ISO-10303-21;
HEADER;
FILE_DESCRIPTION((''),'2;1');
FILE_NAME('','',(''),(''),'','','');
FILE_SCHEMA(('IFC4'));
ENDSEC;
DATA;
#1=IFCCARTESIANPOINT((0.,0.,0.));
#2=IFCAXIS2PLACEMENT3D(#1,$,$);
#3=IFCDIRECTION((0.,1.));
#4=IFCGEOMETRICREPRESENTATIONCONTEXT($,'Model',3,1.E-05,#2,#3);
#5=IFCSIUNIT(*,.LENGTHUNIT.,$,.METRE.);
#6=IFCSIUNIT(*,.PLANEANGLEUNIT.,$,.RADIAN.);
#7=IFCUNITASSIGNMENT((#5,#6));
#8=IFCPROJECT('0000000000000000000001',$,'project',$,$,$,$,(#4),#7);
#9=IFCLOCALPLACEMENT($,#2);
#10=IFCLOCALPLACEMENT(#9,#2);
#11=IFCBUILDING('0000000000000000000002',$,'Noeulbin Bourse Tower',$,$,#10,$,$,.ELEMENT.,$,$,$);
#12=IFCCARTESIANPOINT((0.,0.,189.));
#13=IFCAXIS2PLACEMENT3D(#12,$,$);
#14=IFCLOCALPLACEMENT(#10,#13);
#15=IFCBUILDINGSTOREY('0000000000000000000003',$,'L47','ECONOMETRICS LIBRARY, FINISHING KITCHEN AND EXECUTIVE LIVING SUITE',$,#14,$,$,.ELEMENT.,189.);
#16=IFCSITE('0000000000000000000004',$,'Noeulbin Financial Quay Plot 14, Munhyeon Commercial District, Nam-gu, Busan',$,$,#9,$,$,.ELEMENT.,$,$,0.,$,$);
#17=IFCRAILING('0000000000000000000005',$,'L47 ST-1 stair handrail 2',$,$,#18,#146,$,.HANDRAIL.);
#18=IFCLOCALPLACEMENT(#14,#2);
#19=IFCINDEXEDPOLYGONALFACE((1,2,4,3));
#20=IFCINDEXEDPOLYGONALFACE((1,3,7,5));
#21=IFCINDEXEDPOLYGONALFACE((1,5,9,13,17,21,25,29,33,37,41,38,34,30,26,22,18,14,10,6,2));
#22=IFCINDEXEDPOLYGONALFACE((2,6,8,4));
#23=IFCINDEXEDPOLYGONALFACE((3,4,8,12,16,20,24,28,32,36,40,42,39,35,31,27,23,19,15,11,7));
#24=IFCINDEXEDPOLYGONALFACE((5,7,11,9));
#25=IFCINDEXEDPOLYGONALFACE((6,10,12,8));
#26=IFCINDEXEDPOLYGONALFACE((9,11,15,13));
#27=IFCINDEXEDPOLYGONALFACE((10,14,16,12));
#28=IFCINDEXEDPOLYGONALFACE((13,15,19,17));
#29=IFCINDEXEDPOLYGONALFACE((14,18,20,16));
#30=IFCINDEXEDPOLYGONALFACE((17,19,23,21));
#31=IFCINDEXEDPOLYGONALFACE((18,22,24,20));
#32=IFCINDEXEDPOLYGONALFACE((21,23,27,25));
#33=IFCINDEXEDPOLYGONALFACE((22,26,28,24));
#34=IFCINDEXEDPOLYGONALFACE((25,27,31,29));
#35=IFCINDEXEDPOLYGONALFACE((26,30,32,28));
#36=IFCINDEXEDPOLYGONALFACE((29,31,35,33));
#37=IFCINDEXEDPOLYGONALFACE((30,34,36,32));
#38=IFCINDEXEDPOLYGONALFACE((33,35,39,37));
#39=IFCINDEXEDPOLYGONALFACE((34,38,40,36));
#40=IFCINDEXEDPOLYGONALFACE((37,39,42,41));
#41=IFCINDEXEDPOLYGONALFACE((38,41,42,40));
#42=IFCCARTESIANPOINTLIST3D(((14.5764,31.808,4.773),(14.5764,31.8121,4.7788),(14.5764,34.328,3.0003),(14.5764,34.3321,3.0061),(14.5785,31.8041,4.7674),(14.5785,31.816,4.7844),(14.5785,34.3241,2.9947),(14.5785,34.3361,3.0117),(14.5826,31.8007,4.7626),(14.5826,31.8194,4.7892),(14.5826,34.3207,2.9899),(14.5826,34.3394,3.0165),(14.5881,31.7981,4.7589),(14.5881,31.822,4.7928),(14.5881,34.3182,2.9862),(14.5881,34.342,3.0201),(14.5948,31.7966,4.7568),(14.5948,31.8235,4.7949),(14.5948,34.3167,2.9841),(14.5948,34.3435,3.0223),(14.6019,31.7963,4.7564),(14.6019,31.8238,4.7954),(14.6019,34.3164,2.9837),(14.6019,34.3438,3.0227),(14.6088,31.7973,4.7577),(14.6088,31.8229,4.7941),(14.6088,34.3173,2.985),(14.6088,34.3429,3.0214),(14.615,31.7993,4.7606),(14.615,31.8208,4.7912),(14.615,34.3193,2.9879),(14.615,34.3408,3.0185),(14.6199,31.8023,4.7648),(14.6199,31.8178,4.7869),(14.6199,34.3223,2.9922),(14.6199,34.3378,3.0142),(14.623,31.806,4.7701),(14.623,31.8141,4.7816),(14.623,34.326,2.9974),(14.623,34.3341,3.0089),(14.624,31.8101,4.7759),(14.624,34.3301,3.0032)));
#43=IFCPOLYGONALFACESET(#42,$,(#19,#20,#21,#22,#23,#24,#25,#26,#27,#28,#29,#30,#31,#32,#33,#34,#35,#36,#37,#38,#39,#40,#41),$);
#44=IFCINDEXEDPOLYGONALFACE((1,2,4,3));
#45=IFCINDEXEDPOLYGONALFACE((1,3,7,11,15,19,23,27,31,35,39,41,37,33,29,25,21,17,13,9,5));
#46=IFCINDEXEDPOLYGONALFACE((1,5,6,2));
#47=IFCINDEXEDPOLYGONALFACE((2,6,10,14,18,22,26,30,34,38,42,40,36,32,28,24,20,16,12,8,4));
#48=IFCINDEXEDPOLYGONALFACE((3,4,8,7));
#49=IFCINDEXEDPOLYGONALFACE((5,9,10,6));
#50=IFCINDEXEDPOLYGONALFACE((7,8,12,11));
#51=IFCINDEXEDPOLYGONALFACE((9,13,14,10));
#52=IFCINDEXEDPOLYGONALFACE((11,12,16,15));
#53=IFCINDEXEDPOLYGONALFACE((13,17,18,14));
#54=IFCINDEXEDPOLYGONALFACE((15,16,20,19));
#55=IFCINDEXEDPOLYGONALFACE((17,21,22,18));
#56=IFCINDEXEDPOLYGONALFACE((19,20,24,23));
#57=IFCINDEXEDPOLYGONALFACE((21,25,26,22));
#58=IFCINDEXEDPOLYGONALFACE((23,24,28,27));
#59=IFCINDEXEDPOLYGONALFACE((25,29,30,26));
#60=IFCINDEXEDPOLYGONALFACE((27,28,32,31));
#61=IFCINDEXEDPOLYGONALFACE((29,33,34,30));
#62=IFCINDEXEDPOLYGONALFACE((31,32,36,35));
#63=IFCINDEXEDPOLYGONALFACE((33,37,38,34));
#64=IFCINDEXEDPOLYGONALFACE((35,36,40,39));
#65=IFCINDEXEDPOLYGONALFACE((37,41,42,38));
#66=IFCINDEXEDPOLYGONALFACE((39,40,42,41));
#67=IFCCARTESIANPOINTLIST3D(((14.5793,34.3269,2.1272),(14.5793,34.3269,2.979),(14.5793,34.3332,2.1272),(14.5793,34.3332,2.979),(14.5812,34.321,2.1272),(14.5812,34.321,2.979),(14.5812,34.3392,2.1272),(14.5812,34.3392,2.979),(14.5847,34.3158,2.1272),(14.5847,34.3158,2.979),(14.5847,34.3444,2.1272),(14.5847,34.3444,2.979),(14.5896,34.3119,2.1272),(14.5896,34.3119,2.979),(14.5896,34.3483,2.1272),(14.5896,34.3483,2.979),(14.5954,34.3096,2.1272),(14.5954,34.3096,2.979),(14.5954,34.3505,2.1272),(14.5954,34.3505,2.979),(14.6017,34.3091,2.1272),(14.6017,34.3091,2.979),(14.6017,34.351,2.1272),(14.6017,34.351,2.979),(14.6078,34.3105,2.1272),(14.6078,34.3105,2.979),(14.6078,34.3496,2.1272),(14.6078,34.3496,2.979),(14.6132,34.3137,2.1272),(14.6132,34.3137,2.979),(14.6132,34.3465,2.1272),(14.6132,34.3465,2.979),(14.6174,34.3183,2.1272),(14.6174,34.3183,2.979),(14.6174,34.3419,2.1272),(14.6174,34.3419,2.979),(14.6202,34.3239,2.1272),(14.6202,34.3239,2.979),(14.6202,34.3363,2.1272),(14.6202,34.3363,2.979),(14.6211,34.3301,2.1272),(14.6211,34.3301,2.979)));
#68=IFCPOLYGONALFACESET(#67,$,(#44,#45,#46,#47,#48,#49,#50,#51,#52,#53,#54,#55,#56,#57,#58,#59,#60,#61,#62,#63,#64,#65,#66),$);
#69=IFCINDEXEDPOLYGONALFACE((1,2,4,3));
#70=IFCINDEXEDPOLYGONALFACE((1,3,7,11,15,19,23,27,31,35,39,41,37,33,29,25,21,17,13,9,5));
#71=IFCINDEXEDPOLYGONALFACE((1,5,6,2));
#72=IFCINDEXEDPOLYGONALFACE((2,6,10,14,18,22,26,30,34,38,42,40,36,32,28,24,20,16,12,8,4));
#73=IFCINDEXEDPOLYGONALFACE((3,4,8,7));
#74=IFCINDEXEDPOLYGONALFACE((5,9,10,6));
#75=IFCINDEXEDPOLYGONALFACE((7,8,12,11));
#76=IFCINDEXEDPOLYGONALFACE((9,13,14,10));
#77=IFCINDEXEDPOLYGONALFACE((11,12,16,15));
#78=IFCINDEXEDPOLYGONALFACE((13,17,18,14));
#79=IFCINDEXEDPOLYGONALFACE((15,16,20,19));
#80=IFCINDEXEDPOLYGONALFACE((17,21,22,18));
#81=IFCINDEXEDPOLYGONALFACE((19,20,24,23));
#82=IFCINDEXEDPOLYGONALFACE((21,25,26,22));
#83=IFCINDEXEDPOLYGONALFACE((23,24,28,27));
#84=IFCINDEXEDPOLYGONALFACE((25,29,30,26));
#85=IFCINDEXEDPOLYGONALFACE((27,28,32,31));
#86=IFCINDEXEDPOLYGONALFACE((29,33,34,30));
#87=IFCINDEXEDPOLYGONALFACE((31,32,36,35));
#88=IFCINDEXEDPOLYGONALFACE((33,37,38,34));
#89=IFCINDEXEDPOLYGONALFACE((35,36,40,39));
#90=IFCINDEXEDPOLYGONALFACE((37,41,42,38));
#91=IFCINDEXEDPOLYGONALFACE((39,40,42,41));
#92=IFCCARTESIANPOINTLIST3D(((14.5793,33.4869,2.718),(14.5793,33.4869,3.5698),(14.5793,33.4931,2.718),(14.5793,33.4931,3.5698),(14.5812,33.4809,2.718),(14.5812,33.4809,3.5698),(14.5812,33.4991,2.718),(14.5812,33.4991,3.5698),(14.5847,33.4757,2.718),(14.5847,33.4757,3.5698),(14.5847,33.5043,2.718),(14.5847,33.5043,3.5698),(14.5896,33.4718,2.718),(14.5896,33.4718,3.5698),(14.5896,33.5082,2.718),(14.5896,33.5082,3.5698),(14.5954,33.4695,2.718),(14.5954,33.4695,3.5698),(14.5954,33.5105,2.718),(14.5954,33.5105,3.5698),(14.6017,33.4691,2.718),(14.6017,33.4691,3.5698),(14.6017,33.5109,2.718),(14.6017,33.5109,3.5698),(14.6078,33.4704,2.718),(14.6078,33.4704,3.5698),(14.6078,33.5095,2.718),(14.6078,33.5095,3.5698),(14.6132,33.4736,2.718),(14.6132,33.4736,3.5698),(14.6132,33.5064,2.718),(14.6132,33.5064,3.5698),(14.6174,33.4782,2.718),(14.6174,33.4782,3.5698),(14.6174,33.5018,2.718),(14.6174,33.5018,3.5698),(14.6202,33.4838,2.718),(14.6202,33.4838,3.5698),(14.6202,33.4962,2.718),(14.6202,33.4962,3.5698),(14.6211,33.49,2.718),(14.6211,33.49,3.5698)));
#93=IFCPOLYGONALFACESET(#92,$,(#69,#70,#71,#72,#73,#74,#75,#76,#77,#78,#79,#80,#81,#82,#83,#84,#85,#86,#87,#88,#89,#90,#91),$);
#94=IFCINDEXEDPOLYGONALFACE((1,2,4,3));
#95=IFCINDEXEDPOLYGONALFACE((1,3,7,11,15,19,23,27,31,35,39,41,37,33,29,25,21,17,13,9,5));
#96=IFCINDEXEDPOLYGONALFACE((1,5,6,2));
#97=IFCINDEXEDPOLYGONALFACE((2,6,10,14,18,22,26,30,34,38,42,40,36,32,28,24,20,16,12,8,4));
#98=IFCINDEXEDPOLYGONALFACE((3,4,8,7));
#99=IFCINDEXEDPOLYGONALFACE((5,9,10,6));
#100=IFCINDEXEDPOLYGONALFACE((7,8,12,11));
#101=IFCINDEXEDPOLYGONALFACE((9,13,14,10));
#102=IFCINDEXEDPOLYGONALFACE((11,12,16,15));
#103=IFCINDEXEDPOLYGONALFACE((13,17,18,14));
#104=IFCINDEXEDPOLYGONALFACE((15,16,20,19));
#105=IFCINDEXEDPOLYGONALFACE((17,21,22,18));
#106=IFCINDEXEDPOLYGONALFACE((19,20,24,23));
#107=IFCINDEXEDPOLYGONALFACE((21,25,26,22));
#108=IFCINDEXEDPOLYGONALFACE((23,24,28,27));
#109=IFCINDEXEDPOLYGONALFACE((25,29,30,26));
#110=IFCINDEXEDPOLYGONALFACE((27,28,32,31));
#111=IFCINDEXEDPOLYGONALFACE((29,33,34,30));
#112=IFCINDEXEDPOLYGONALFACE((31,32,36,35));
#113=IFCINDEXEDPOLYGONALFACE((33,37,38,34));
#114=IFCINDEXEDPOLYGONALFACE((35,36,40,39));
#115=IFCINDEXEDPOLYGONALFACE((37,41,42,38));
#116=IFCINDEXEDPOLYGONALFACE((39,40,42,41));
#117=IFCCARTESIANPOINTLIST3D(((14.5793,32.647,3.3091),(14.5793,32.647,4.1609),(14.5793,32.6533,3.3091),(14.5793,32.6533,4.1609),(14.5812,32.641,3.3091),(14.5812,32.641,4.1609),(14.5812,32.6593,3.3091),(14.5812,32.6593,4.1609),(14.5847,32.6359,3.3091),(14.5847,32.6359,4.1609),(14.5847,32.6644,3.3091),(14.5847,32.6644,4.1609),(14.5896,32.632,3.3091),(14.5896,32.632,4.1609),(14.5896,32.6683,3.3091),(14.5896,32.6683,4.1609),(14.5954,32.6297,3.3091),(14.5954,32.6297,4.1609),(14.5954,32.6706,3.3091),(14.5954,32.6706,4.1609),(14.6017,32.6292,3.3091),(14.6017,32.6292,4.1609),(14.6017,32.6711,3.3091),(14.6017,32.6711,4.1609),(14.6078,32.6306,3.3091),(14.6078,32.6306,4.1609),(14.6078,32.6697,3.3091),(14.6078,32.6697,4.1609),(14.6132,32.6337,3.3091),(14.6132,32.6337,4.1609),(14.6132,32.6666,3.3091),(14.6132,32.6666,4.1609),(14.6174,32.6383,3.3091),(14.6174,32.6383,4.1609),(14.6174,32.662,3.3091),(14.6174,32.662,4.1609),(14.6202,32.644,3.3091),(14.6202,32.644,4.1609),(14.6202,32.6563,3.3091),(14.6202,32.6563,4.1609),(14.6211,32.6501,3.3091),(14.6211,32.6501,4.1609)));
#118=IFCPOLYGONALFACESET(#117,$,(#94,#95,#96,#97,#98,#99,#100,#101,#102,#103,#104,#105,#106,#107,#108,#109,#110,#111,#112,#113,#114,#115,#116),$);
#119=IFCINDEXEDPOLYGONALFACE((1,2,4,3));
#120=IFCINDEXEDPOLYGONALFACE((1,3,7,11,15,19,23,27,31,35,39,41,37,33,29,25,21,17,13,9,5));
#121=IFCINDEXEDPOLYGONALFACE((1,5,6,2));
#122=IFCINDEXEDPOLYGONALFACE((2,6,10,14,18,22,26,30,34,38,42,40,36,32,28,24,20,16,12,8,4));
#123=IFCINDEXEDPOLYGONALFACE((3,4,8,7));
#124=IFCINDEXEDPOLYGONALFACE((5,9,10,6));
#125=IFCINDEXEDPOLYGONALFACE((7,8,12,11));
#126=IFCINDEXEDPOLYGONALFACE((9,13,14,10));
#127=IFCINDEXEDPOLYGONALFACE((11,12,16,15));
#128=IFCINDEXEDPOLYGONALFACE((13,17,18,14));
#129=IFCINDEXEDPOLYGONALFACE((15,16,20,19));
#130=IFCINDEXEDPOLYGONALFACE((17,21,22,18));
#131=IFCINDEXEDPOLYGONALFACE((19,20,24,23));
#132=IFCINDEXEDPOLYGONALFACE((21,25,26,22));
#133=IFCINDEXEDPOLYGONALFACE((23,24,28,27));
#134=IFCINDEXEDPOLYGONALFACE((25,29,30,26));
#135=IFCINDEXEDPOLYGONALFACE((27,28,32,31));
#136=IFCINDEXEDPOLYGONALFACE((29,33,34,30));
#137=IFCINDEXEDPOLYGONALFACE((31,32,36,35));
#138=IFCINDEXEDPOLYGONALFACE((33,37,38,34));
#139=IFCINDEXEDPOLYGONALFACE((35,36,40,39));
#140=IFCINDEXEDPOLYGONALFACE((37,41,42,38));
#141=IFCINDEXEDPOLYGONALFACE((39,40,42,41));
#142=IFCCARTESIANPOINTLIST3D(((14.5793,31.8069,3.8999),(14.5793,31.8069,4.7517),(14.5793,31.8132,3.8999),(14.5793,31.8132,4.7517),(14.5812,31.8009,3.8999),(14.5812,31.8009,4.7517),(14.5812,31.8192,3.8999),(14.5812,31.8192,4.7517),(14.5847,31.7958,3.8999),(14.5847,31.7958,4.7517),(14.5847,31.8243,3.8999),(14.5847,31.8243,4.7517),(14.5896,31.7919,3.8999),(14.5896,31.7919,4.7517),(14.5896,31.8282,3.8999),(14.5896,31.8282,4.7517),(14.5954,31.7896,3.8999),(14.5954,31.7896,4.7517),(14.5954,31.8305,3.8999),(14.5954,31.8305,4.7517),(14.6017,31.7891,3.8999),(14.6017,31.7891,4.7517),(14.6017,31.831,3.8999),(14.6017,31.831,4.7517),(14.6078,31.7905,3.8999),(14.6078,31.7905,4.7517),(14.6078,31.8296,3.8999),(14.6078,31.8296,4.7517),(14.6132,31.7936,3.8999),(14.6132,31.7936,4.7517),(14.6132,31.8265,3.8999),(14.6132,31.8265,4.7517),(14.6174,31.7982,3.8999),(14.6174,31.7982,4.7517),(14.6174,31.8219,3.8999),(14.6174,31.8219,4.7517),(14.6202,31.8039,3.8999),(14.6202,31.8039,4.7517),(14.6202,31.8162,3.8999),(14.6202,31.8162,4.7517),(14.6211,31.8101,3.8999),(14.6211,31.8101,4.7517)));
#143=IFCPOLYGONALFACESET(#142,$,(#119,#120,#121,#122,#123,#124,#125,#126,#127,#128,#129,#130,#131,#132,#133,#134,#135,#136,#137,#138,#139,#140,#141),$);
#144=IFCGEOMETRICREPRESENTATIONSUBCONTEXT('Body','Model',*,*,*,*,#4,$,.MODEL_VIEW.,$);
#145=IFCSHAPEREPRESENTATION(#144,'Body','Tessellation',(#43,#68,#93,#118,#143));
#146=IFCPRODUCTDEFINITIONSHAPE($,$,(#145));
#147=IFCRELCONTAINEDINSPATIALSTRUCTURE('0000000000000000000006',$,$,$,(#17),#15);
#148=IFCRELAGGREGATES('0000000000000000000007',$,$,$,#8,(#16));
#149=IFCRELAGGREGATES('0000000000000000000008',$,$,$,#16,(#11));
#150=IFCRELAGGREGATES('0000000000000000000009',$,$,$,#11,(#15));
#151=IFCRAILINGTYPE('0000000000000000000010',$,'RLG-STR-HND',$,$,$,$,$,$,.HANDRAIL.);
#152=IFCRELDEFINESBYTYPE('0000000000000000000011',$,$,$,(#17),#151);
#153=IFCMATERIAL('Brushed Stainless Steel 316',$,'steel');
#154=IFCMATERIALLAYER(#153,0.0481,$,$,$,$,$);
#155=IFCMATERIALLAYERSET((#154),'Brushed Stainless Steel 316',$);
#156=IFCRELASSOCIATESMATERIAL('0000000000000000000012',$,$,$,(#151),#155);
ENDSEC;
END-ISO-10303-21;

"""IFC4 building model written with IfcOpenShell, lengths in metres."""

from ifc_helpers import new_model, si_unit, direction, frame, origin, origin_2d, place, context, subcontext, project, spatial, circle, extrude, material, layer, layer_set, type_object, element, save


model = new_model("IFC4")

# Units and contexts
model_context = context("Model", 3, precision=1e-05, world=origin(), true_north=direction((0.0, 1.0)))
body_context = subcontext(model_context, "Body", "Model", "MODEL_VIEW")
ifc_project = project(units=[si_unit("LENGTHUNIT", "METRE"), si_unit("PLANEANGLEUNIT", "RADIAN")], contexts=[model_context])

# Site, building, storey
site_placement = place(None, origin())
site = spatial("IfcSite", under=ifc_project, at=site_placement, Name="Noeulbin Financial Quay Plot 14, Munhyeon Commercial District, Nam-gu, Busan", CompositionType="ELEMENT", RefElevation=0.0)
building_placement = place(site_placement, origin())
building = spatial("IfcBuilding", under=site, at=building_placement, Name="Noeulbin Bourse Tower", CompositionType="ELEMENT")
storey_placement = place(building_placement, frame((0.0, 0.0, 189.0)))
storey = spatial("IfcBuildingStorey", under=building, at=storey_placement, Name="L47", Description="ECONOMETRICS LIBRARY, FINISHING KITCHEN AND EXECUTIVE LIVING SUITE", CompositionType="ELEMENT", Elevation=189.0)

# Railing
ifc_material_1 = material(Name="Brushed Stainless Steel 316", Category="steel")
ifc_layer_1 = layer(ifc_material_1, 0.0481)
ifc_layer_set_1 = layer_set([ifc_layer_1], Name="Brushed Stainless Steel 316")
railing_type = type_object("IfcRailingType", Name="RLG-STR-HND", PredefinedType="HANDRAIL", material=ifc_layer_set_1)
railing_placement = place(storey_placement, frame((14.6001, 34.3301, 2.1272)))
element("IfcRailing", 1, at=railing_placement, inside=storey, type_object=railing_type, Name="L47 ST-1 stair handrail 2", PredefinedType="HANDRAIL", context=body_context, shape_type="SweptSolid", body=[
    extrude(circle(Radius=0.0239, at=origin_2d()), frame((0.0, 0.0, 0.876), z_axis=(0.0, -0.817904, 0.575354), x_axis=(1.0, 0.0, 0.0)), (0.0, 0.0, 1.0), 3.0811),
    extrude(circle(Radius=0.021, at=origin_2d()), origin(), (0.0, 0.0, 1.0), 0.8518),
    extrude(circle(Radius=0.021, at=origin_2d()), frame((0.0, -0.8401, 0.5908)), (0.0, 0.0, 1.0), 0.8518),
    extrude(circle(Radius=0.021, at=origin_2d()), frame((0.0, -1.6799, 1.1819)), (0.0, 0.0, 1.0), 0.8518),
    extrude(circle(Radius=0.021, at=origin_2d()), frame((0.0, -2.52, 1.7727)), (0.0, 0.0, 1.0), 0.8518),
])

save(model, "model.ifc")
